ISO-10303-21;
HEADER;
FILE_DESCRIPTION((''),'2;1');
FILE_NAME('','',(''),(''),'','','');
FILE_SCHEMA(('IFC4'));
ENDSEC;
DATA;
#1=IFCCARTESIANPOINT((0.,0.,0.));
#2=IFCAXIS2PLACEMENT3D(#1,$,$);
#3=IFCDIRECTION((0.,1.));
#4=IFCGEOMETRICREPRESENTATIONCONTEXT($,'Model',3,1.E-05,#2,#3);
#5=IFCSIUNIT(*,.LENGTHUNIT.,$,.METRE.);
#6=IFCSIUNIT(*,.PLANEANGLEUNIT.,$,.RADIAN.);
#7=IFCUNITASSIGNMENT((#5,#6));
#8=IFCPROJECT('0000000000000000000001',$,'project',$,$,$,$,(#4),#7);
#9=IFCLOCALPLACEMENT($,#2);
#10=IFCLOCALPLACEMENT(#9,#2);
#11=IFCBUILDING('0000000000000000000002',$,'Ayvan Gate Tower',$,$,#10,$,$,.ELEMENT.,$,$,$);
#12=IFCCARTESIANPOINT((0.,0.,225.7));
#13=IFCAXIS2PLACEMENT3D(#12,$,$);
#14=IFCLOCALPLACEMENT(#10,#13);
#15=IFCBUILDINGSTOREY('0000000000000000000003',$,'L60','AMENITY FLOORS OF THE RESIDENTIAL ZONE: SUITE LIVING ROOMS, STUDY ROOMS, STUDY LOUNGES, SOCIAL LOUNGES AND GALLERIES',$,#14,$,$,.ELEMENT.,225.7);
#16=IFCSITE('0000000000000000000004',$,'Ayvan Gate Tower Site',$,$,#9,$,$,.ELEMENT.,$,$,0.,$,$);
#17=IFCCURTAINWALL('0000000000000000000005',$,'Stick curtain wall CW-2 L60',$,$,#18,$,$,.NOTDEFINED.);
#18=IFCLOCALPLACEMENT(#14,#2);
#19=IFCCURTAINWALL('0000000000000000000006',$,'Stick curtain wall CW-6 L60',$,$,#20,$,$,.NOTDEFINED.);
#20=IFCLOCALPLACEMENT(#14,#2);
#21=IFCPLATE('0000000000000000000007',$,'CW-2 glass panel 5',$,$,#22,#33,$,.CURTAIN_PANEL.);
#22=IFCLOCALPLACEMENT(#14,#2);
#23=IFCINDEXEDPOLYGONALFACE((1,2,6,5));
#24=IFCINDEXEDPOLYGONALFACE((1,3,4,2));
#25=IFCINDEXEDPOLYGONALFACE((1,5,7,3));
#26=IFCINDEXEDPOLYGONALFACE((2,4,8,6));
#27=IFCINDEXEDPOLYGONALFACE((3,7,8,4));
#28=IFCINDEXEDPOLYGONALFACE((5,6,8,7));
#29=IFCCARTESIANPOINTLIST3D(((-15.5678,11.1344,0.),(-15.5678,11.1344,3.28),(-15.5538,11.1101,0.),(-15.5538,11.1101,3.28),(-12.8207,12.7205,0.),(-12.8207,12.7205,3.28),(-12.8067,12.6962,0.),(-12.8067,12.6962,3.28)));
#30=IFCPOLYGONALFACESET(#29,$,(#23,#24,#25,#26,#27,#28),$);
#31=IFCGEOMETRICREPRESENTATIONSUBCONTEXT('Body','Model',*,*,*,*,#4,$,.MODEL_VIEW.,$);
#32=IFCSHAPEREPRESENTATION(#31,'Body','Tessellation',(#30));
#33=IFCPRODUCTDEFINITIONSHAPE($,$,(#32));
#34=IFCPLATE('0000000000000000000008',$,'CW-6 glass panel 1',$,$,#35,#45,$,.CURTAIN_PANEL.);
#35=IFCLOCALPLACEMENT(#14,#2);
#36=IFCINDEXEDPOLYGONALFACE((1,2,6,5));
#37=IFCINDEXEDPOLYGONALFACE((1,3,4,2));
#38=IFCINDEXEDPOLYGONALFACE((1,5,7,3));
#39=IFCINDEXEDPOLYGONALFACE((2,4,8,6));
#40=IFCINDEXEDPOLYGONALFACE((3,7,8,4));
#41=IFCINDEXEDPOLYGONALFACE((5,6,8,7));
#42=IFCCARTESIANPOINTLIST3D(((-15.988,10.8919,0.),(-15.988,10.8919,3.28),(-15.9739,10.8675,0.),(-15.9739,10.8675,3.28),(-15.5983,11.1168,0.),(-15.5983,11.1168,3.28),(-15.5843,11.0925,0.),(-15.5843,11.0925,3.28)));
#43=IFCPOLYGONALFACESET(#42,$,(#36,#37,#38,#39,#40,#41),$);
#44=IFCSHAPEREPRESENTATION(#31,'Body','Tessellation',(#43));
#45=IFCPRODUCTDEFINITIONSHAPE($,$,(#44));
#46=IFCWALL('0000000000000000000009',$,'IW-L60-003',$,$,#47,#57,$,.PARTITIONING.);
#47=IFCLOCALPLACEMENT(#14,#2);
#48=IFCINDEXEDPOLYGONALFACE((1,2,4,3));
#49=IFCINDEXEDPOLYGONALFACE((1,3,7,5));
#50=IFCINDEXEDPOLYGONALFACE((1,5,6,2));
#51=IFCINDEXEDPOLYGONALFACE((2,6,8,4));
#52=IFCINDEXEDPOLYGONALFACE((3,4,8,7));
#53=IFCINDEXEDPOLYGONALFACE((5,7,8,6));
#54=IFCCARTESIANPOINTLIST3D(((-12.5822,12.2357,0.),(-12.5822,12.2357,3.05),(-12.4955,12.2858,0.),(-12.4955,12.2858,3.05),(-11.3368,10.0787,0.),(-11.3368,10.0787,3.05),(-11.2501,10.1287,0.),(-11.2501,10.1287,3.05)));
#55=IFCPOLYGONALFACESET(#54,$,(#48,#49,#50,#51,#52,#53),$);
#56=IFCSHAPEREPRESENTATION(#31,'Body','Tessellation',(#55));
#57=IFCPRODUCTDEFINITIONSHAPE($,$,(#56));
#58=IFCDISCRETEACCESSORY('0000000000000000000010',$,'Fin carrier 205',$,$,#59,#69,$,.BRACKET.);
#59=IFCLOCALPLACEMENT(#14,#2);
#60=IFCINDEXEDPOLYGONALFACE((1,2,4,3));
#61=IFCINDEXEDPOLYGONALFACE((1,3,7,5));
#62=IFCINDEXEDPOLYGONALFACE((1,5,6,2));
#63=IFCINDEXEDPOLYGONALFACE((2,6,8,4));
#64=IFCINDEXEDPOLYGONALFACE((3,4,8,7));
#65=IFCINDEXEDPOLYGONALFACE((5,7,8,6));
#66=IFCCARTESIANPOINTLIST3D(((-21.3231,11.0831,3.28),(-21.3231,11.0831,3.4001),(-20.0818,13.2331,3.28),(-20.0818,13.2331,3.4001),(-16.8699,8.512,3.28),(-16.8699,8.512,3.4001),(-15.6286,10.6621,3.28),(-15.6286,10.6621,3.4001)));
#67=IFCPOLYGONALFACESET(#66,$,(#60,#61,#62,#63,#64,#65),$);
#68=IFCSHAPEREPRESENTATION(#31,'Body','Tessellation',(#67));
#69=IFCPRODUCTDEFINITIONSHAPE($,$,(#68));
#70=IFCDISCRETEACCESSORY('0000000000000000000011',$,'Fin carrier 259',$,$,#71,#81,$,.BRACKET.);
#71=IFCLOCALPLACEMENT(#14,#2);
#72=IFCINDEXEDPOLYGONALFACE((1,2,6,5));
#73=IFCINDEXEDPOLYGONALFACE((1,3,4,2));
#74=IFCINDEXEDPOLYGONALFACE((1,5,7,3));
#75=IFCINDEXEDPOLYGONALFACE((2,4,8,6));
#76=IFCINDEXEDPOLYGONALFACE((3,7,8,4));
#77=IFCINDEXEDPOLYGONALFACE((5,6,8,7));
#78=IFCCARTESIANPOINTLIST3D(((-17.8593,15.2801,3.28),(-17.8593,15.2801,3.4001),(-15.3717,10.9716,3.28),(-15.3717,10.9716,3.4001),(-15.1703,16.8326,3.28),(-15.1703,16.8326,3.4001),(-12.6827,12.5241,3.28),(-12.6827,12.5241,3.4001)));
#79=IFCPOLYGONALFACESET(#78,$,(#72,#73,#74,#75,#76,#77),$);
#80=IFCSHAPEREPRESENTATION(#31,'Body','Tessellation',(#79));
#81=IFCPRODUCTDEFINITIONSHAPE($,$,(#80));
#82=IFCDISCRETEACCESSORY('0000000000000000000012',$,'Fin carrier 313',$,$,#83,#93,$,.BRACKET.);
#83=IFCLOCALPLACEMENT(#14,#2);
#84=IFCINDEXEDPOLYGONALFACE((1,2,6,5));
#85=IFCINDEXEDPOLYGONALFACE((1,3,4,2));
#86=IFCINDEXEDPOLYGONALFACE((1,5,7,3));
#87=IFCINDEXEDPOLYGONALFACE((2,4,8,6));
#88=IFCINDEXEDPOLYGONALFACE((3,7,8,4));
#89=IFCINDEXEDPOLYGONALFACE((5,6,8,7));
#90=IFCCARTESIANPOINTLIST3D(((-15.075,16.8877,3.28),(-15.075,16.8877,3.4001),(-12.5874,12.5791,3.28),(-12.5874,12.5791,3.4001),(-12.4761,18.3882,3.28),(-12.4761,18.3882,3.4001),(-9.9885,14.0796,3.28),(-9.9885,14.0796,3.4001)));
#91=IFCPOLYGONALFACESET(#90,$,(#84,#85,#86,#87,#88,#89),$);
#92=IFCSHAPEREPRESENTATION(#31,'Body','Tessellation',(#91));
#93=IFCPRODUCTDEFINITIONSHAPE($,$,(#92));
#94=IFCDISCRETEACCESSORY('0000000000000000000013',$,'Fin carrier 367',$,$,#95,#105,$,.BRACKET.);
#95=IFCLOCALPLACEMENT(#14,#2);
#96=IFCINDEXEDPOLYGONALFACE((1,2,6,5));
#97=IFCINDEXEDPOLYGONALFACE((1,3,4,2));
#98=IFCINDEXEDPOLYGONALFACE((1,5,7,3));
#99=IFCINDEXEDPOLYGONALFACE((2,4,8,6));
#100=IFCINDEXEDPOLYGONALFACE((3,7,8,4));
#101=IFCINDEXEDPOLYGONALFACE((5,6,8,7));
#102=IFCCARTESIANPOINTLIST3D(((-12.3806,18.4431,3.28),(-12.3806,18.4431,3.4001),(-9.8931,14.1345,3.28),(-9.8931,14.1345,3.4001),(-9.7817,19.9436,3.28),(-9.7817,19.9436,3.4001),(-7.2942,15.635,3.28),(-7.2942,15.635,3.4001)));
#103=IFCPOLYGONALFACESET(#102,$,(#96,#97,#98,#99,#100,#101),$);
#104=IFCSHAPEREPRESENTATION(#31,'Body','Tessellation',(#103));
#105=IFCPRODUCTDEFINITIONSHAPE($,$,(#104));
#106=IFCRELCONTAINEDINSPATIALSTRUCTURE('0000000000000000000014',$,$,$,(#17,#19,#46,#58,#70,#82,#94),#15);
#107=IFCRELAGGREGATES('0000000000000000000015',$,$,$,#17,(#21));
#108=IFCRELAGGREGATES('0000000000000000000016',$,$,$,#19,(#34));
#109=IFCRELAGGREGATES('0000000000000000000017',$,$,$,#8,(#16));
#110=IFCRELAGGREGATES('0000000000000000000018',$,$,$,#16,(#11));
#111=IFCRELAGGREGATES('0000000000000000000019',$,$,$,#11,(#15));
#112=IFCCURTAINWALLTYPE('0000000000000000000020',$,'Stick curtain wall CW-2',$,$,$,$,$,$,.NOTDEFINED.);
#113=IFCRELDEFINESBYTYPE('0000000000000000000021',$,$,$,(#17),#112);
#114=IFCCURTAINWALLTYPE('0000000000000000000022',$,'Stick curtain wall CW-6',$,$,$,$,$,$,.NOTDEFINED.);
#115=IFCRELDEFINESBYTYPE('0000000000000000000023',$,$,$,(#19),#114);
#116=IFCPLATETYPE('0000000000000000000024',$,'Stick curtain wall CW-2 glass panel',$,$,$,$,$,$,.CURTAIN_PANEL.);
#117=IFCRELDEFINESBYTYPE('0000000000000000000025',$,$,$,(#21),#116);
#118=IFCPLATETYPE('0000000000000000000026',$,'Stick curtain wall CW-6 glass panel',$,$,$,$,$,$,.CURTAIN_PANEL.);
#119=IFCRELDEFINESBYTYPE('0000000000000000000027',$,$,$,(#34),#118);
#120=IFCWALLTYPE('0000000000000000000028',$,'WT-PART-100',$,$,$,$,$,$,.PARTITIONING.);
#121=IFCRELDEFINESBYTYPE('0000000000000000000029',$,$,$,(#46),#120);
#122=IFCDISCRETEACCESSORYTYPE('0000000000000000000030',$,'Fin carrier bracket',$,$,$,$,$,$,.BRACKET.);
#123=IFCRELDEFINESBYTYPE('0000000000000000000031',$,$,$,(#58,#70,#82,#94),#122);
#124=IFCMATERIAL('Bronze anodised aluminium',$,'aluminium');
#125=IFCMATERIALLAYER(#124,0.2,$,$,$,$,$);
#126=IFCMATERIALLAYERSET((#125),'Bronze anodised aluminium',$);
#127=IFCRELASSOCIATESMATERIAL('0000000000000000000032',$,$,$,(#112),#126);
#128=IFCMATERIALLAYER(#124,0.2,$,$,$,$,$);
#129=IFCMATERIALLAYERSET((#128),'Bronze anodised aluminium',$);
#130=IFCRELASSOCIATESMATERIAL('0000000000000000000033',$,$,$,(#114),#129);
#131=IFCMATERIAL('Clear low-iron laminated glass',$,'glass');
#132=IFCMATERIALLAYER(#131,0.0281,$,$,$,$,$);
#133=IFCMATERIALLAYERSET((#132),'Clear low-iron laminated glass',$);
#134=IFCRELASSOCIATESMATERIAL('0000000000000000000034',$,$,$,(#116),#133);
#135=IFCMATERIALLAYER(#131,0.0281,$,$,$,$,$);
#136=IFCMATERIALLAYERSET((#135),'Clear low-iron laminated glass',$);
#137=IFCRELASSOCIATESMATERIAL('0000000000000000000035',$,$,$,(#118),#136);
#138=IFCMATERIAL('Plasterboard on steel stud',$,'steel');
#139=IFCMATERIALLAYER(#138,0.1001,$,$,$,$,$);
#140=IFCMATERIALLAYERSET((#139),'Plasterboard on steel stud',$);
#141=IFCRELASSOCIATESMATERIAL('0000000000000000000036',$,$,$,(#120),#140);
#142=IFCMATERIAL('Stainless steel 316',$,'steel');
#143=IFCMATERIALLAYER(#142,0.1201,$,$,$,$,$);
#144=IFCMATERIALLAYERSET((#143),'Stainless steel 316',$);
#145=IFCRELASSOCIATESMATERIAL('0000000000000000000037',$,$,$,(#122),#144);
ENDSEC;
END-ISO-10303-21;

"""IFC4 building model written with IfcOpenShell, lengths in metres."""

from ifc_helpers import new_model, si_unit, direction, frame, frame_2d, origin, origin_2d, place, context, subcontext, project, spatial, rectangle, extrude, material, layer, layer_set, type_object, element, aggregate, save


model = new_model("IFC4")

# Units and contexts
model_context = context("Model", 3, precision=1e-05, world=origin(), true_north=direction((0.0, 1.0)))
body_context = subcontext(model_context, "Body", "Model", "MODEL_VIEW")
ifc_project = project(units=[si_unit("LENGTHUNIT", "METRE"), si_unit("PLANEANGLEUNIT", "RADIAN")], contexts=[model_context])

# Site, building, storey
site_placement = place(None, origin())
site = spatial("IfcSite", under=ifc_project, at=site_placement, Name="Ayvan Gate Tower Site", CompositionType="ELEMENT", RefElevation=0.0)
building_placement = place(site_placement, origin())
building = spatial("IfcBuilding", under=site, at=building_placement, Name="Ayvan Gate Tower", CompositionType="ELEMENT")
storey_placement = place(building_placement, frame((0.0, 0.0, 225.7)))
storey = spatial("IfcBuildingStorey", under=building, at=storey_placement, Name="L60", Description="AMENITY FLOORS OF THE RESIDENTIAL ZONE: SUITE LIVING ROOMS, STUDY ROOMS, STUDY LOUNGES, SOCIAL LOUNGES AND GALLERIES", CompositionType="ELEMENT", Elevation=225.7)

# Curtain walls
ifc_material_1 = material(Name="Bronze anodised aluminium", Category="aluminium")
ifc_layer_1 = layer(ifc_material_1, 0.2)
ifc_layer_set_1 = layer_set([ifc_layer_1], Name="Bronze anodised aluminium")
curtain_wall_type_1 = type_object("IfcCurtainWallType", Name="Stick curtain wall CW-2", PredefinedType="NOTDEFINED", material=ifc_layer_set_1)
curtain_wall_1_placement = place(storey_placement, origin())
curtain_wall_1 = element("IfcCurtainWall", 1, at=curtain_wall_1_placement, inside=storey, type_object=curtain_wall_type_1, Name="Stick curtain wall CW-2 L60", PredefinedType="NOTDEFINED")
ifc_layer_2 = layer(ifc_material_1, 0.2)
ifc_layer_set_2 = layer_set([ifc_layer_2], Name="Bronze anodised aluminium")
curtain_wall_type_2 = type_object("IfcCurtainWallType", Name="Stick curtain wall CW-6", PredefinedType="NOTDEFINED", material=ifc_layer_set_2)
curtain_wall_2_placement = place(storey_placement, origin())
curtain_wall_2 = element("IfcCurtainWall", 2, at=curtain_wall_2_placement, inside=storey, type_object=curtain_wall_type_2, Name="Stick curtain wall CW-6 L60", PredefinedType="NOTDEFINED")

# Plates
ifc_material_2 = material(Name="Clear low-iron laminated glass", Category="glass")
ifc_layer_3 = layer(ifc_material_2, 0.0281)
ifc_layer_set_3 = layer_set([ifc_layer_3], Name="Clear low-iron laminated glass")
plate_type_1 = type_object("IfcPlateType", Name="Stick curtain wall CW-2 glass panel", PredefinedType="CURTAIN_PANEL", material=ifc_layer_set_3)
plate_1_placement = place(storey_placement, frame((-14.1873, 11.9153, 0.0), z_axis=(0.0, 0.0, 1.0), x_axis=(-0.866025, -0.5, 0.0)))
plate_1 = element("IfcPlate", 3, at=plate_1_placement, type_object=plate_type_1, Name="CW-2 glass panel 5", PredefinedType="CURTAIN_PANEL", context=body_context, shape_type="SweptSolid", body=[
    extrude(rectangle(XDim=3.1721, YDim=0.0281, at=origin_2d()), origin(), (0.0, 0.0, 1.0), 3.28),
])
aggregate(curtain_wall_1, [plate_1])
ifc_layer_4 = layer(ifc_material_2, 0.0281)
ifc_layer_set_4 = layer_set([ifc_layer_4], Name="Clear low-iron laminated glass")
plate_type_2 = type_object("IfcPlateType", Name="Stick curtain wall CW-6 glass panel", PredefinedType="CURTAIN_PANEL", material=ifc_layer_set_4)
plate_2_placement = place(storey_placement, frame((-15.7861, 10.9922, 0.0), z_axis=(0.0, 0.0, 1.0), x_axis=(-0.866025, -0.5, 0.0)))
plate_2 = element("IfcPlate", 4, at=plate_2_placement, type_object=plate_type_2, Name="CW-6 glass panel 1", PredefinedType="CURTAIN_PANEL", context=body_context, shape_type="SweptSolid", body=[
    extrude(rectangle(XDim=0.45, YDim=0.0281, at=origin_2d()), origin(), (0.0, 0.0, 1.0), 3.28),
])
aggregate(curtain_wall_2, [plate_2])

# Wall
ifc_material_3 = material(Name="Plasterboard on steel stud", Category="steel")
ifc_layer_5 = layer(ifc_material_3, 0.1001)
ifc_layer_set_5 = layer_set([ifc_layer_5], Name="Plasterboard on steel stud")
wall_type = type_object("IfcWallType", Name="WT-PART-100", PredefinedType="PARTITIONING", material=ifc_layer_set_5)
wall_placement = place(storey_placement, frame((-12.5388, 12.2607, 0.0), z_axis=(0.0, 0.0, 1.0), x_axis=(0.500008, -0.866021, 0.0)))
element("IfcWall", 5, at=wall_placement, inside=storey, type_object=wall_type, Name="IW-L60-003", PredefinedType="PARTITIONING", context=body_context, shape_type="SweptSolid", body=[
    extrude(rectangle(XDim=2.4907, YDim=0.1001, at=frame_2d((1.2454, 0.0))), origin(), (0.0, 0.0, 1.0), 3.05),
])

# Discrete accessories
ifc_material_4 = material(Name="Stainless steel 316", Category="steel")
ifc_layer_6 = layer(ifc_material_4, 0.1201)
ifc_layer_set_6 = layer_set([ifc_layer_6], Name="Stainless steel 316")
discrete_accessory_type = type_object("IfcDiscreteAccessoryType", Name="Fin carrier bracket", PredefinedType="BRACKET", material=ifc_layer_set_6)
discrete_accessory_1_placement = place(storey_placement, frame((-18.4758, 10.8726, 3.28), z_axis=(0.0, 0.0, 1.0), x_axis=(-0.5, -0.866025, 0.0)))
element("IfcDiscreteAccessory", 6, at=discrete_accessory_1_placement, inside=storey, type_object=discrete_accessory_type, Name="Fin carrier 205", PredefinedType="BRACKET", context=body_context, shape_type="SweptSolid", body=[
    extrude(rectangle(XDim=2.4827, YDim=5.1421, at=origin_2d()), origin(), (0.0, 0.0, 1.0), 0.1201),
])
discrete_accessory_2_placement = place(storey_placement, frame((-15.271, 13.9021, 3.28), z_axis=(0.0, 0.0, 1.0), x_axis=(-0.866025, -0.5, 0.0)))
element("IfcDiscreteAccessory", 7, at=discrete_accessory_2_placement, inside=storey, type_object=discrete_accessory_type, Name="Fin carrier 259", PredefinedType="BRACKET", context=body_context, shape_type="SweptSolid", body=[
    extrude(rectangle(XDim=3.105, YDim=4.9751, at=origin_2d()), origin(), (0.0, 0.0, 1.0), 0.1201),
])
for number, where, z_axis, x_axis, name in (
    (8, (-12.5317, 15.4836, 3.28), (0.0, 0.0, 1.0), (-0.866025, -0.5, 0.0), "Fin carrier 313"),
    (9, (-9.8374, 17.0391, 3.28), (0.0, 0.0, 1.0), (-0.866025, -0.5, 0.0), "Fin carrier 367"),
):
    element("IfcDiscreteAccessory", number, at=place(storey_placement, frame(where, z_axis=z_axis, x_axis=x_axis)), inside=storey, type_object=discrete_accessory_type, Name=name, PredefinedType="BRACKET", context=body_context, shape_type="SweptSolid", body=[
        extrude(rectangle(XDim=3.001, YDim=4.9751, at=origin_2d()), origin(), (0.0, 0.0, 1.0), 0.1201),
    ])

save(model, "model.ifc")
